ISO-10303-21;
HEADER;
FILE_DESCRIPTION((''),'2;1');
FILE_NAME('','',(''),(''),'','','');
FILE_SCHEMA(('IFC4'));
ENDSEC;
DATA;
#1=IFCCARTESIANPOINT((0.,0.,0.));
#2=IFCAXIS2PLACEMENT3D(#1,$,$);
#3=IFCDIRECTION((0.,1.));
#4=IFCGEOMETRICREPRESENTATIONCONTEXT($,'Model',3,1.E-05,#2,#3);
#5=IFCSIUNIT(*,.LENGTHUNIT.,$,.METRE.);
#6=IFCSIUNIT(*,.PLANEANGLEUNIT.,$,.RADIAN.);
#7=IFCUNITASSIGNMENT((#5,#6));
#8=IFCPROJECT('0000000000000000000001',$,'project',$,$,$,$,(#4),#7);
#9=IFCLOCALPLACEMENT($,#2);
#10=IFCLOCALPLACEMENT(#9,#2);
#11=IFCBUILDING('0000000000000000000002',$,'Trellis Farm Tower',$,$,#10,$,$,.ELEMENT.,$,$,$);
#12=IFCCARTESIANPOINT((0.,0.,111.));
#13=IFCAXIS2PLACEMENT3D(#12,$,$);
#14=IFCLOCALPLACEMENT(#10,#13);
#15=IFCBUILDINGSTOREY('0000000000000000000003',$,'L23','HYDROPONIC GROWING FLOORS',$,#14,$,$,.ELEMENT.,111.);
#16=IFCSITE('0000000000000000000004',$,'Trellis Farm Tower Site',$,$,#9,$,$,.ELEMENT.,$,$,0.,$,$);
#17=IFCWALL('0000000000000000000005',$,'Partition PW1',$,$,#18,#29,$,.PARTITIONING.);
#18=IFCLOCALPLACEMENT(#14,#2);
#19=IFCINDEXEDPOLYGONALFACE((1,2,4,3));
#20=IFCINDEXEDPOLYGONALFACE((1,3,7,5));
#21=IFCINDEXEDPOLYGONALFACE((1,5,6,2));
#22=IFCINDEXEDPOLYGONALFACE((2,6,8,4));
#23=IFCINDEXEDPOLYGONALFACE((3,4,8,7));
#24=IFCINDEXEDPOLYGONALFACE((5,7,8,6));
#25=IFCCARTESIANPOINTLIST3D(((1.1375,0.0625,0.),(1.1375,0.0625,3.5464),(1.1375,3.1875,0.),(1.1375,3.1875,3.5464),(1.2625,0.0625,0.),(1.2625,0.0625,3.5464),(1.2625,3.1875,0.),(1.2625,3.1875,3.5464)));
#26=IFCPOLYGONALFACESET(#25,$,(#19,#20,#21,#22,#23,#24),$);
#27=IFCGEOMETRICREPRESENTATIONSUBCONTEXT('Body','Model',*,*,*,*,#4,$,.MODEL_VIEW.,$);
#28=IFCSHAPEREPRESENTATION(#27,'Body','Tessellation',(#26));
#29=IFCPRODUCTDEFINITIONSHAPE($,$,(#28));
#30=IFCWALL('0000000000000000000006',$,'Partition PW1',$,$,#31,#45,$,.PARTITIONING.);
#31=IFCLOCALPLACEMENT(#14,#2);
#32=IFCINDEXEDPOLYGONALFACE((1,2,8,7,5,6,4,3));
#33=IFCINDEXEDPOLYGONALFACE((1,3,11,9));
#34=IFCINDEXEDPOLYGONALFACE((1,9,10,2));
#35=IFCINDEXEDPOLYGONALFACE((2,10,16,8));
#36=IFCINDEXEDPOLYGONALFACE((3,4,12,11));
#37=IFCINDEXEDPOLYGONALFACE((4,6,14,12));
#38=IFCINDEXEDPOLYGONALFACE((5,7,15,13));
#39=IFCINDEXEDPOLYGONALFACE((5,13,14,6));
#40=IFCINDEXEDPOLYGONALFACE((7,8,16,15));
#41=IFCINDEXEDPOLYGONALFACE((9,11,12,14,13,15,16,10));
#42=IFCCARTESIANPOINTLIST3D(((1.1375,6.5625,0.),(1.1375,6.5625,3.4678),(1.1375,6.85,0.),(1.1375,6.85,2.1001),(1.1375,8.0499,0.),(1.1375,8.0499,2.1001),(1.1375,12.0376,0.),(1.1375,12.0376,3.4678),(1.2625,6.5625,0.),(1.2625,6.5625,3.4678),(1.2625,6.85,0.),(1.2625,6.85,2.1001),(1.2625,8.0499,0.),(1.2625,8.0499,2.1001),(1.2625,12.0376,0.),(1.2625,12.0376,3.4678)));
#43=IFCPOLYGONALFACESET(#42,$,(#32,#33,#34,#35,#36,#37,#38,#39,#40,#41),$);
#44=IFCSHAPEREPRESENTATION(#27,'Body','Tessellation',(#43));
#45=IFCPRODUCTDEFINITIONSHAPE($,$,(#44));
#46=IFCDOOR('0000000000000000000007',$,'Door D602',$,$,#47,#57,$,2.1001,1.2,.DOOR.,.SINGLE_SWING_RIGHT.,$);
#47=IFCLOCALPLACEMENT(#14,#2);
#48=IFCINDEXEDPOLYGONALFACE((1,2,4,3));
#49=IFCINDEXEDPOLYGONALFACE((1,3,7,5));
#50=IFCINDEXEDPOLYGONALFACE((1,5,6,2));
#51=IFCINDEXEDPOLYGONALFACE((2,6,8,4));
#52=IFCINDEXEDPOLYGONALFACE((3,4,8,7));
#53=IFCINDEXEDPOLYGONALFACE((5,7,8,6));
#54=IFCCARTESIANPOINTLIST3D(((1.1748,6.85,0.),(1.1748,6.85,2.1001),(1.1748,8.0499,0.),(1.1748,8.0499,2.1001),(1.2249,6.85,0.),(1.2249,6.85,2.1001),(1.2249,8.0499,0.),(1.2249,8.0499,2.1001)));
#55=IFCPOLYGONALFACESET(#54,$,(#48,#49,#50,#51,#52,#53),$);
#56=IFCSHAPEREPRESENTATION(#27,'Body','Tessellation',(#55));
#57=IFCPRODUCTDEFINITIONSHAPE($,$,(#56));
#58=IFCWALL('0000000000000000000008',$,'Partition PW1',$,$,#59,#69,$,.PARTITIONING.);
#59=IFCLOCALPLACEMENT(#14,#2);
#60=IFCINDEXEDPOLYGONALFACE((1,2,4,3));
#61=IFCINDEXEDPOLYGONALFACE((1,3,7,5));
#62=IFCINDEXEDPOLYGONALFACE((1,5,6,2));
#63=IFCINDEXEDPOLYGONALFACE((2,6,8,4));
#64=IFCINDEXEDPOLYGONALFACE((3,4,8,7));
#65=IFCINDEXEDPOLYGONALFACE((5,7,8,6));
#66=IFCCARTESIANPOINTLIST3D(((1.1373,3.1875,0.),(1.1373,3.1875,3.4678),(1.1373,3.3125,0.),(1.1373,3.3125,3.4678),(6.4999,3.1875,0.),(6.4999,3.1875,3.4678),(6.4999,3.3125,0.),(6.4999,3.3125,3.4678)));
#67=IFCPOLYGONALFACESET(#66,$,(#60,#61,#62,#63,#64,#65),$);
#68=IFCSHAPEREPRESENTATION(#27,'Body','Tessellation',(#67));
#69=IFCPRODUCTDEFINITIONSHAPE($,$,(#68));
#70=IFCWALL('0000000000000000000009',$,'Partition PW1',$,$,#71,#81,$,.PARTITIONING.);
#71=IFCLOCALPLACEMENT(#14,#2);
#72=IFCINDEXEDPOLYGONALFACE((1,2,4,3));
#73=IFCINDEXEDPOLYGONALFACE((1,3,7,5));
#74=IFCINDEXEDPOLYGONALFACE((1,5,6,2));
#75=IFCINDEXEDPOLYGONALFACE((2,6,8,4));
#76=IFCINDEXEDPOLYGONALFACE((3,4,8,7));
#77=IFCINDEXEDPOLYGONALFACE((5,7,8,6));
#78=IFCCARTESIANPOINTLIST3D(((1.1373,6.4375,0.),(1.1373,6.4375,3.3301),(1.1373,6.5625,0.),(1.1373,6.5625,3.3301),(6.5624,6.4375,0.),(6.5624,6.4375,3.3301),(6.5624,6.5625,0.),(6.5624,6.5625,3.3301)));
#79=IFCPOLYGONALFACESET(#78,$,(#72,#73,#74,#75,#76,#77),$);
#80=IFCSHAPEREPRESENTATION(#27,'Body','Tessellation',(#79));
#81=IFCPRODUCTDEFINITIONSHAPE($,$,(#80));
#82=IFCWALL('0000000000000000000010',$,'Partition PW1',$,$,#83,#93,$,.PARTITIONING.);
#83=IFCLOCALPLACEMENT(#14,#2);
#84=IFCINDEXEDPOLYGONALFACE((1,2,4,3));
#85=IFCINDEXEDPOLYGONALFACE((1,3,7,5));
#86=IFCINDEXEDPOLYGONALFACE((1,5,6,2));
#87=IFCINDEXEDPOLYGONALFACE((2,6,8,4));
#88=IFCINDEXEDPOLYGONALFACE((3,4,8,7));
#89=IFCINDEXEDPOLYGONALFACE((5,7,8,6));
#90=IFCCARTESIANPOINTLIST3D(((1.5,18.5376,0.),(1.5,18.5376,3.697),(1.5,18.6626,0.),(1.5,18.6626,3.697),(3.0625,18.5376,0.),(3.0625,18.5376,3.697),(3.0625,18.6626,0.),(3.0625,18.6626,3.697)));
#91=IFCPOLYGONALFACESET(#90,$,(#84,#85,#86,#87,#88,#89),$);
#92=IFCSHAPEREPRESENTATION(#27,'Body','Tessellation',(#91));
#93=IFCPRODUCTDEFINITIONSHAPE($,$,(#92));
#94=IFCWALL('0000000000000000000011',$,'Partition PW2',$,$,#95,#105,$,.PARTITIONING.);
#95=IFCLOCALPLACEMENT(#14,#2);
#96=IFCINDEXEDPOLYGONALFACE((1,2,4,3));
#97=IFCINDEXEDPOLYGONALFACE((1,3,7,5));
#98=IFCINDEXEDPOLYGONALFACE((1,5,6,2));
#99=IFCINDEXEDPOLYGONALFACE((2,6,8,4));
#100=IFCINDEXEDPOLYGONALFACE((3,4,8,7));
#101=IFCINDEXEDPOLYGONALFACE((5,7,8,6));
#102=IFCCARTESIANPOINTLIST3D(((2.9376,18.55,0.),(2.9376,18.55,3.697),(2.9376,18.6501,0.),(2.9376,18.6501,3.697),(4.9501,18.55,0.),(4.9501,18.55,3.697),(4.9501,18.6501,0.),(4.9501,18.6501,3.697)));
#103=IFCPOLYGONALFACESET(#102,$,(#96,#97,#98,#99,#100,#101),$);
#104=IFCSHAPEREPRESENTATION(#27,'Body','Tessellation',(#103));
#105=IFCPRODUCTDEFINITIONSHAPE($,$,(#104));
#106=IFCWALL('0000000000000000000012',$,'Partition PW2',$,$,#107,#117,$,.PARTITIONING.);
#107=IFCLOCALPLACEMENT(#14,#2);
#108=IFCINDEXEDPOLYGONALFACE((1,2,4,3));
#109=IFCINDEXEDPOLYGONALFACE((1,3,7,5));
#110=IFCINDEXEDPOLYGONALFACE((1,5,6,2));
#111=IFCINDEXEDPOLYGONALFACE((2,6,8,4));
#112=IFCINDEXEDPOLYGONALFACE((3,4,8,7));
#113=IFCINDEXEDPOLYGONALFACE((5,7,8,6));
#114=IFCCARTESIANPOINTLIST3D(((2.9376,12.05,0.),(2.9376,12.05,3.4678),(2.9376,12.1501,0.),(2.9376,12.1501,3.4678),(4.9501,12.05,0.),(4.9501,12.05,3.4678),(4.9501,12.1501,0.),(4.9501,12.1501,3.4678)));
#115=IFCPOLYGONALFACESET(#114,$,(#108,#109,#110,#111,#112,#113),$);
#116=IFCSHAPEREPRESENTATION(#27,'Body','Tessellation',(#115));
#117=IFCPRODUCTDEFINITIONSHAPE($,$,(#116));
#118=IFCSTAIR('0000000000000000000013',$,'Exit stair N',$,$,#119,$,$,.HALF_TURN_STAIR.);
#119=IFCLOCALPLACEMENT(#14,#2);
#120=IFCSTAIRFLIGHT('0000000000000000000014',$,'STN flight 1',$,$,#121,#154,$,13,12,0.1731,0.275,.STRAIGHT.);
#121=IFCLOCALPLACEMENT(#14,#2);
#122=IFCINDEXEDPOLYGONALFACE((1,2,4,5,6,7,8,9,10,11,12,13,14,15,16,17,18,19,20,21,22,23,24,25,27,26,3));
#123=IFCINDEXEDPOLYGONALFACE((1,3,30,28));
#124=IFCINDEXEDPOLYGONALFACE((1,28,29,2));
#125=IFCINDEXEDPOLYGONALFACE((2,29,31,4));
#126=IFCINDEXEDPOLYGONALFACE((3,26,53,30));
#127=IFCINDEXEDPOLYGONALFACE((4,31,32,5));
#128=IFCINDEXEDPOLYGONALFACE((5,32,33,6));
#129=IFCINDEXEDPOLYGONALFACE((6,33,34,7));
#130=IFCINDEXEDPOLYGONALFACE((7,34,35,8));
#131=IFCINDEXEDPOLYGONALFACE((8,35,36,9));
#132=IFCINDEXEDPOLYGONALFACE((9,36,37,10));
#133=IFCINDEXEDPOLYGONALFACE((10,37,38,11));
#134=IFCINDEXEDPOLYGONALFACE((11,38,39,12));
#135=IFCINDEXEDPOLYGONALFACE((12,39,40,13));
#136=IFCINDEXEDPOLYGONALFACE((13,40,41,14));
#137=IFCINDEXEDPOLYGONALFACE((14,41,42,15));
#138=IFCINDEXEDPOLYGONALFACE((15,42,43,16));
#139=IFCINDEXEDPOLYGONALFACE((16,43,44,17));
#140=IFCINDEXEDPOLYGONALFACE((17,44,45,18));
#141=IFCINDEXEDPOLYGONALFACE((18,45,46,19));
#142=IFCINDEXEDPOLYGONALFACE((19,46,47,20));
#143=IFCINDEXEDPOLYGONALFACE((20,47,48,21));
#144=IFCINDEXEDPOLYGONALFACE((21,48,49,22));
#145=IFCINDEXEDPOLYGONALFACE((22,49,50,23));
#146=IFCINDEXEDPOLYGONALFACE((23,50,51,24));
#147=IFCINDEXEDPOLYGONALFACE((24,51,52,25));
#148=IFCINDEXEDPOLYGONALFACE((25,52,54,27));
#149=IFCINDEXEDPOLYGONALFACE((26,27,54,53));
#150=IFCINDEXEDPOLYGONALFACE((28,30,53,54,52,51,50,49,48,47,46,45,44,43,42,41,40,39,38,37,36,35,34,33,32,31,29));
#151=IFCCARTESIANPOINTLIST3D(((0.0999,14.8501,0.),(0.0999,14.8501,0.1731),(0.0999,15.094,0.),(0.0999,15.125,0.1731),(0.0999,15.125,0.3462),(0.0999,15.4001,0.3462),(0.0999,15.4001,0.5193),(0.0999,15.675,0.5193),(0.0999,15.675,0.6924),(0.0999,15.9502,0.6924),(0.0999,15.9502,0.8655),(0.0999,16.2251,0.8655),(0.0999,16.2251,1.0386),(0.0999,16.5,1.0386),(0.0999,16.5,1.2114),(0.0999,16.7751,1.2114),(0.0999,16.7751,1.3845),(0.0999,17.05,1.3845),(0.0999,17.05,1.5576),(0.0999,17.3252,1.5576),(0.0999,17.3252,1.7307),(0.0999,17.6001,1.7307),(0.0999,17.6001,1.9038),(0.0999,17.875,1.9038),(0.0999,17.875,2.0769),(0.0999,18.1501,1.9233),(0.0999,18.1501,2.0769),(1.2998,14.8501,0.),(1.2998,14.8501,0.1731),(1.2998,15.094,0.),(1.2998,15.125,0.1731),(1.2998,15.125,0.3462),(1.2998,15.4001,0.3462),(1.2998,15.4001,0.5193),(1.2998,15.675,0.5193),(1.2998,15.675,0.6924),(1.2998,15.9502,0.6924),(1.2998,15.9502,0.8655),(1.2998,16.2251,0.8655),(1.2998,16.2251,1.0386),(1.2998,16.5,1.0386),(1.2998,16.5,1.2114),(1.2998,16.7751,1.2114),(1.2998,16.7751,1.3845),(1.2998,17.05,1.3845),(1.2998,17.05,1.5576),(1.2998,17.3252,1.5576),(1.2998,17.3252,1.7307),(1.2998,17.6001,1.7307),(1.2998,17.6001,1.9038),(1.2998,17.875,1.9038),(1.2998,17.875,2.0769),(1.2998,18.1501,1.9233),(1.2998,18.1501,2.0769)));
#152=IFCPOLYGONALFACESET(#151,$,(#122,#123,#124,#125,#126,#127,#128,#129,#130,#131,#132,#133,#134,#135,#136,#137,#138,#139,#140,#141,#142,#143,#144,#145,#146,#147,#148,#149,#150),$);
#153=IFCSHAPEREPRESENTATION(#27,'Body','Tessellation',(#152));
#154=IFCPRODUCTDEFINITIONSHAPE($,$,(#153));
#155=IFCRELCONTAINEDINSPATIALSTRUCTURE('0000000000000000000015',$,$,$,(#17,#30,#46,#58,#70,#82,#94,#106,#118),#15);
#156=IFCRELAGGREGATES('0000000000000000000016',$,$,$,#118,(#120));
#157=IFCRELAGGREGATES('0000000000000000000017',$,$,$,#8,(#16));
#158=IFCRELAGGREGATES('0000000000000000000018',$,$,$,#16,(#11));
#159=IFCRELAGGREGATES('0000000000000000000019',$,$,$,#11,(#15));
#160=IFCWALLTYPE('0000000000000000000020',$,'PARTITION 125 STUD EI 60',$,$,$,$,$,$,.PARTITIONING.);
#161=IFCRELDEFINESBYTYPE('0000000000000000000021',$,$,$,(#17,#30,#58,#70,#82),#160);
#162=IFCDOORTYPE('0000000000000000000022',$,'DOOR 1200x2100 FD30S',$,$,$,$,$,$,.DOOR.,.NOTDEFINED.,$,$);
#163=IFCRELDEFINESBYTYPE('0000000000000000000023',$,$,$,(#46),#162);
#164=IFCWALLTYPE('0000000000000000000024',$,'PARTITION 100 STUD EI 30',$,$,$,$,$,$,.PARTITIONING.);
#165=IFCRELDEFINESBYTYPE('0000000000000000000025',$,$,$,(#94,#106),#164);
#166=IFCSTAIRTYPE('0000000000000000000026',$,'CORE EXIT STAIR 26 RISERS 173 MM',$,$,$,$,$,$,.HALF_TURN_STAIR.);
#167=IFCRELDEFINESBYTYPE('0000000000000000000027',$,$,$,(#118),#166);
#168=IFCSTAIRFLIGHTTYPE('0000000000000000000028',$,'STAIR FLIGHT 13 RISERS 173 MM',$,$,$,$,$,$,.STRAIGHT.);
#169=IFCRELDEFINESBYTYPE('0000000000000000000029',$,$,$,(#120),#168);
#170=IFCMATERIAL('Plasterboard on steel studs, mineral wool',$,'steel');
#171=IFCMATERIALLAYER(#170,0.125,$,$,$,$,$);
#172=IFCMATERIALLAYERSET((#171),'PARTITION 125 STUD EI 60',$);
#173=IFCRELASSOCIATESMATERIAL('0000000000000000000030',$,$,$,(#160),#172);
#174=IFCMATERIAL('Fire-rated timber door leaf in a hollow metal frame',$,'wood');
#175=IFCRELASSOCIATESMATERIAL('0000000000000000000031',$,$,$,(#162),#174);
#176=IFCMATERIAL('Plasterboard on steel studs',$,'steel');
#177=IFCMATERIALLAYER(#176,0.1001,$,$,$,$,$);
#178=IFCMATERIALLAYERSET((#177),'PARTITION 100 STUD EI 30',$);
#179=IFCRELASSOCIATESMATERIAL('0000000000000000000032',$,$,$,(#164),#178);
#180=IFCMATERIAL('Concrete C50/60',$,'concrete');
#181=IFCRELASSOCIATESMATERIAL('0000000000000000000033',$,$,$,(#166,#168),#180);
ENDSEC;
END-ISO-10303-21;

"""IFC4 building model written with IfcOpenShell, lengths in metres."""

from ifc_helpers import new_model, si_unit, direction, frame, frame_2d, origin, place, context, subcontext, project, spatial, polyline, rectangle, outline, extrude, source, transform, mapped, material, layer, layer_set, type_object, element, fill, aggregate, save


model = new_model("IFC4")

# Units and contexts
model_context = context("Model", 3, precision=1e-05, world=origin(), true_north=direction((0.0, 1.0)))
body_context = subcontext(model_context, "Body", "Model", "MODEL_VIEW")
ifc_project = project(units=[si_unit("LENGTHUNIT", "METRE"), si_unit("PLANEANGLEUNIT", "RADIAN")], contexts=[model_context])

# Site, building, storey
site_placement = place(None, origin())
site = spatial("IfcSite", under=ifc_project, at=site_placement, Name="Trellis Farm Tower Site", CompositionType="ELEMENT", RefElevation=0.0)
building_placement = place(site_placement, origin())
building = spatial("IfcBuilding", under=site, at=building_placement, Name="Trellis Farm Tower", CompositionType="ELEMENT")
storey_placement = place(building_placement, frame((0.0, 0.0, 111.0)))
storey = spatial("IfcBuildingStorey", under=building, at=storey_placement, Name="L23", Description="HYDROPONIC GROWING FLOORS", CompositionType="ELEMENT", Elevation=111.0)

# Shared definitions
placement = place(storey_placement, origin())

# Wall
ifc_material_1 = material(Name="Plasterboard on steel studs, mineral wool", Category="steel")
ifc_layer_1 = layer(ifc_material_1, 0.125)
ifc_layer_set_1 = layer_set([ifc_layer_1], Name="PARTITION 125 STUD EI 60")
wall_type_1 = type_object("IfcWallType", Name="PARTITION 125 STUD EI 60", PredefinedType="PARTITIONING", material=ifc_layer_set_1)
shared_shape_1 = source(origin(), body_context, "Body", "SweptSolid", [
    extrude(rectangle(XDim=3.125, YDim=0.125, at=frame_2d((1.5625, 0.0))), origin(), (0.0, 0.0, 1.0), 3.5464),
])
wall_1_placement = place(storey_placement, frame((1.2, 3.1875, 0.0), z_axis=(0.0, 0.0, 1.0), x_axis=(0.0, -1.0, 0.0)))
element("IfcWall", 1, at=wall_1_placement, inside=storey, type_object=wall_type_1, Name="Partition PW1", PredefinedType="PARTITIONING", context=body_context, shape_type="MappedRepresentation", body=[
    mapped(shared_shape_1, transform((0.0, 0.0, 0.0))),
])

# Wall, opening, door
shared_shape_2 = source(origin(), body_context, "Body", "SweptSolid", [
    extrude(rectangle(XDim=5.4751, YDim=0.125, at=frame_2d((2.7375, 0.0))), origin(), (0.0, 0.0, 1.0), 3.4678),
])
wall_2_placement = place(storey_placement, frame((1.2, 12.0376, 0.0), z_axis=(0.0, 0.0, 1.0), x_axis=(0.0, -1.0, 0.0)))
wall_2 = element("IfcWall", 2, at=wall_2_placement, inside=storey, type_object=wall_type_1, Name="Partition PW1", PredefinedType="PARTITIONING", context=body_context, shape_type="MappedRepresentation", body=[
    mapped(shared_shape_2, transform((0.0, 0.0, 0.0))),
])
shared_shape_3 = source(origin(), body_context, "Body", "SweptSolid", [
    extrude(rectangle(XDim=1.2, YDim=2.1001, at=frame_2d((0.6001, 1.05))), frame((0.0, 0.0725, 0.0), z_axis=(0.0, -1.0, 0.0), x_axis=(1.0, 0.0, 0.0)), (0.0, 0.0, 1.0), 0.145),
])
opening_1_placement = place(wall_2_placement, frame((3.9875, 0.0, 0.0)))
opening_1 = element("IfcOpeningElement", 3, at=opening_1_placement, cuts=wall_2, PredefinedType="OPENING", context=body_context, shape_type="MappedRepresentation", body=[
    mapped(shared_shape_3, transform((0.0, 0.0, 0.0))),
])
ifc_material_2 = material(Name="Fire-rated timber door leaf in a hollow metal frame", Category="wood")
door_type_1 = type_object("IfcDoorType", Name="DOOR 1200x2100 FD30S", OperationType="NOTDEFINED", PredefinedType="DOOR", material=ifc_material_2)
shared_shape_4 = source(origin(), body_context, "Body", "SweptSolid", [
    extrude(rectangle(XDim=1.2, YDim=2.1001, at=frame_2d((0.6001, 1.05))), frame((0.0, 0.0249, 0.0), z_axis=(0.0, -1.0, 0.0), x_axis=(1.0, 0.0, 0.0)), (0.0, 0.0, 1.0), 0.05),
])
door_1_placement = place(opening_1_placement, origin())
door_1 = element("IfcDoor", 4, at=door_1_placement, inside=storey, type_object=door_type_1, Name="Door D602", OperationType="SINGLE_SWING_RIGHT", OverallHeight=2.1001, OverallWidth=1.2, PredefinedType="DOOR", context=body_context, shape_type="MappedRepresentation", body=[
    mapped(shared_shape_4, transform((0.0, 0.0, 0.0))),
])
fill(opening_1, door_1)

# Walls
shared_shape_5 = source(origin(), body_context, "Body", "SweptSolid", [
    extrude(rectangle(XDim=5.3625, YDim=0.125, at=frame_2d((2.6812, 0.0))), origin(), (0.0, 0.0, 1.0), 3.4678),
])
wall_3_placement = place(storey_placement, frame((1.1375, 3.25, 0.0), z_axis=(0.0, 0.0, 1.0), x_axis=(1.0, 0.0, 0.0)))
element("IfcWall", 5, at=wall_3_placement, inside=storey, type_object=wall_type_1, Name="Partition PW1", PredefinedType="PARTITIONING", context=body_context, shape_type="MappedRepresentation", body=[
    mapped(shared_shape_5, transform((0.0, 0.0, 0.0))),
])
shared_shape_6 = source(origin(), body_context, "Body", "SweptSolid", [
    extrude(rectangle(XDim=5.425, YDim=0.125, at=frame_2d((2.7124, 0.0))), origin(), (0.0, 0.0, 1.0), 3.3301),
])
wall_4_placement = place(storey_placement, frame((1.1375, 6.5, 0.0), z_axis=(0.0, 0.0, 1.0), x_axis=(1.0, 0.0, 0.0)))
element("IfcWall", 6, at=wall_4_placement, inside=storey, type_object=wall_type_1, Name="Partition PW1", PredefinedType="PARTITIONING", context=body_context, shape_type="MappedRepresentation", body=[
    mapped(shared_shape_6, transform((0.0, 0.0, 0.0))),
])
shared_shape_7 = source(origin(), body_context, "Body", "SweptSolid", [
    extrude(rectangle(XDim=1.5625, YDim=0.125, at=frame_2d((0.7812, 0.0))), origin(), (0.0, 0.0, 1.0), 3.697),
])
wall_5_placement = place(storey_placement, frame((1.5, 18.6001, 0.0), z_axis=(0.0, 0.0, 1.0), x_axis=(1.0, 0.0, 0.0)))
element("IfcWall", 7, at=wall_5_placement, inside=storey, type_object=wall_type_1, Name="Partition PW1", PredefinedType="PARTITIONING", context=body_context, shape_type="MappedRepresentation", body=[
    mapped(shared_shape_7, transform((0.0, 0.0, 0.0))),
])
ifc_material_3 = material(Name="Plasterboard on steel studs", Category="steel")
ifc_layer_2 = layer(ifc_material_3, 0.1001)
ifc_layer_set_2 = layer_set([ifc_layer_2], Name="PARTITION 100 STUD EI 30")
wall_type_2 = type_object("IfcWallType", Name="PARTITION 100 STUD EI 30", PredefinedType="PARTITIONING", material=ifc_layer_set_2)
shared_shape_8 = source(origin(), body_context, "Body", "SweptSolid", [
    extrude(rectangle(XDim=2.0125, YDim=0.1001, at=frame_2d((1.0063, 0.0))), origin(), (0.0, 0.0, 1.0), 3.697),
])
wall_6_placement = place(storey_placement, frame((2.9375, 18.6001, 0.0), z_axis=(0.0, 0.0, 1.0), x_axis=(1.0, 0.0, 0.0)))
element("IfcWall", 8, at=wall_6_placement, inside=storey, type_object=wall_type_2, Name="Partition PW2", PredefinedType="PARTITIONING", context=body_context, shape_type="MappedRepresentation", body=[
    mapped(shared_shape_8, transform((0.0, 0.0, 0.0))),
])
shared_shape_9 = source(origin(), body_context, "Body", "SweptSolid", [
    extrude(rectangle(XDim=2.0125, YDim=0.1001, at=frame_2d((1.0063, 0.0))), origin(), (0.0, 0.0, 1.0), 3.4678),
])
wall_7_placement = place(storey_placement, frame((2.9375, 12.1001, 0.0), z_axis=(0.0, 0.0, 1.0), x_axis=(1.0, 0.0, 0.0)))
element("IfcWall", 9, at=wall_7_placement, inside=storey, type_object=wall_type_2, Name="Partition PW2", PredefinedType="PARTITIONING", context=body_context, shape_type="MappedRepresentation", body=[
    mapped(shared_shape_9, transform((0.0, 0.0, 0.0))),
])

# Stair, stair flight
ifc_material_4 = material(Name="Concrete C50/60", Category="concrete")
stair_type = type_object("IfcStairType", Name="CORE EXIT STAIR 26 RISERS 173 MM", PredefinedType="HALF_TURN_STAIR", material=ifc_material_4)
stair = element("IfcStair", 10, at=placement, inside=storey, type_object=stair_type, Name="Exit stair N", PredefinedType="HALF_TURN_STAIR")
stair_flight_type = type_object("IfcStairFlightType", Name="STAIR FLIGHT 13 RISERS 173 MM", PredefinedType="STRAIGHT", material=ifc_material_4)
shared_shape_10 = source(origin(), body_context, "Body", "SweptSolid", [
    extrude(outline(polyline([(0.0, 0.0), (0.0, 0.1731), (0.2749, 0.1731), (0.2749, 0.3462), (0.55, 0.3462), (0.55, 0.5193), (0.825, 0.5193), (0.825, 0.6924), (1.1001, 0.6924), (1.1001, 0.8655), (1.375, 0.8655), (1.375, 1.0386), (1.6499, 1.0386), (1.6499, 1.2114), (1.925, 1.2114), (1.925, 1.3845), (2.2, 1.3845), (2.2, 1.5576), (2.4751, 1.5576), (2.4751, 1.7307), (2.75, 1.7307), (2.75, 1.9038), (3.0249, 1.9038), (3.0249, 2.0769), (3.3, 2.0769), (3.3, 2.25), (3.3, 1.9233), (0.2439, 0.0), (0.0, 0.0)])), frame((0.0, 0.6001, 0.0), z_axis=(0.0, -1.0, 0.0), x_axis=(1.0, 0.0, 0.0)), (0.0, 0.0, 1.0), 1.2),
])
stair_flight_placement = place(storey_placement, frame((0.7, 14.8501, 0.0), z_axis=(0.0, 0.0, 1.0), x_axis=(0.0, 1.0, 0.0)))
stair_flight = element("IfcStairFlight", 11, at=stair_flight_placement, type_object=stair_flight_type, Name="STN flight 1", NumberOfRisers=13, NumberOfTreads=12, PredefinedType="STRAIGHT", RiserHeight=0.1731, TreadLength=0.275, context=body_context, shape_type="MappedRepresentation", body=[
    mapped(shared_shape_10, transform((0.0, 0.0, 0.0))),
])
aggregate(stair, [stair_flight])

save(model, "model.ifc")
